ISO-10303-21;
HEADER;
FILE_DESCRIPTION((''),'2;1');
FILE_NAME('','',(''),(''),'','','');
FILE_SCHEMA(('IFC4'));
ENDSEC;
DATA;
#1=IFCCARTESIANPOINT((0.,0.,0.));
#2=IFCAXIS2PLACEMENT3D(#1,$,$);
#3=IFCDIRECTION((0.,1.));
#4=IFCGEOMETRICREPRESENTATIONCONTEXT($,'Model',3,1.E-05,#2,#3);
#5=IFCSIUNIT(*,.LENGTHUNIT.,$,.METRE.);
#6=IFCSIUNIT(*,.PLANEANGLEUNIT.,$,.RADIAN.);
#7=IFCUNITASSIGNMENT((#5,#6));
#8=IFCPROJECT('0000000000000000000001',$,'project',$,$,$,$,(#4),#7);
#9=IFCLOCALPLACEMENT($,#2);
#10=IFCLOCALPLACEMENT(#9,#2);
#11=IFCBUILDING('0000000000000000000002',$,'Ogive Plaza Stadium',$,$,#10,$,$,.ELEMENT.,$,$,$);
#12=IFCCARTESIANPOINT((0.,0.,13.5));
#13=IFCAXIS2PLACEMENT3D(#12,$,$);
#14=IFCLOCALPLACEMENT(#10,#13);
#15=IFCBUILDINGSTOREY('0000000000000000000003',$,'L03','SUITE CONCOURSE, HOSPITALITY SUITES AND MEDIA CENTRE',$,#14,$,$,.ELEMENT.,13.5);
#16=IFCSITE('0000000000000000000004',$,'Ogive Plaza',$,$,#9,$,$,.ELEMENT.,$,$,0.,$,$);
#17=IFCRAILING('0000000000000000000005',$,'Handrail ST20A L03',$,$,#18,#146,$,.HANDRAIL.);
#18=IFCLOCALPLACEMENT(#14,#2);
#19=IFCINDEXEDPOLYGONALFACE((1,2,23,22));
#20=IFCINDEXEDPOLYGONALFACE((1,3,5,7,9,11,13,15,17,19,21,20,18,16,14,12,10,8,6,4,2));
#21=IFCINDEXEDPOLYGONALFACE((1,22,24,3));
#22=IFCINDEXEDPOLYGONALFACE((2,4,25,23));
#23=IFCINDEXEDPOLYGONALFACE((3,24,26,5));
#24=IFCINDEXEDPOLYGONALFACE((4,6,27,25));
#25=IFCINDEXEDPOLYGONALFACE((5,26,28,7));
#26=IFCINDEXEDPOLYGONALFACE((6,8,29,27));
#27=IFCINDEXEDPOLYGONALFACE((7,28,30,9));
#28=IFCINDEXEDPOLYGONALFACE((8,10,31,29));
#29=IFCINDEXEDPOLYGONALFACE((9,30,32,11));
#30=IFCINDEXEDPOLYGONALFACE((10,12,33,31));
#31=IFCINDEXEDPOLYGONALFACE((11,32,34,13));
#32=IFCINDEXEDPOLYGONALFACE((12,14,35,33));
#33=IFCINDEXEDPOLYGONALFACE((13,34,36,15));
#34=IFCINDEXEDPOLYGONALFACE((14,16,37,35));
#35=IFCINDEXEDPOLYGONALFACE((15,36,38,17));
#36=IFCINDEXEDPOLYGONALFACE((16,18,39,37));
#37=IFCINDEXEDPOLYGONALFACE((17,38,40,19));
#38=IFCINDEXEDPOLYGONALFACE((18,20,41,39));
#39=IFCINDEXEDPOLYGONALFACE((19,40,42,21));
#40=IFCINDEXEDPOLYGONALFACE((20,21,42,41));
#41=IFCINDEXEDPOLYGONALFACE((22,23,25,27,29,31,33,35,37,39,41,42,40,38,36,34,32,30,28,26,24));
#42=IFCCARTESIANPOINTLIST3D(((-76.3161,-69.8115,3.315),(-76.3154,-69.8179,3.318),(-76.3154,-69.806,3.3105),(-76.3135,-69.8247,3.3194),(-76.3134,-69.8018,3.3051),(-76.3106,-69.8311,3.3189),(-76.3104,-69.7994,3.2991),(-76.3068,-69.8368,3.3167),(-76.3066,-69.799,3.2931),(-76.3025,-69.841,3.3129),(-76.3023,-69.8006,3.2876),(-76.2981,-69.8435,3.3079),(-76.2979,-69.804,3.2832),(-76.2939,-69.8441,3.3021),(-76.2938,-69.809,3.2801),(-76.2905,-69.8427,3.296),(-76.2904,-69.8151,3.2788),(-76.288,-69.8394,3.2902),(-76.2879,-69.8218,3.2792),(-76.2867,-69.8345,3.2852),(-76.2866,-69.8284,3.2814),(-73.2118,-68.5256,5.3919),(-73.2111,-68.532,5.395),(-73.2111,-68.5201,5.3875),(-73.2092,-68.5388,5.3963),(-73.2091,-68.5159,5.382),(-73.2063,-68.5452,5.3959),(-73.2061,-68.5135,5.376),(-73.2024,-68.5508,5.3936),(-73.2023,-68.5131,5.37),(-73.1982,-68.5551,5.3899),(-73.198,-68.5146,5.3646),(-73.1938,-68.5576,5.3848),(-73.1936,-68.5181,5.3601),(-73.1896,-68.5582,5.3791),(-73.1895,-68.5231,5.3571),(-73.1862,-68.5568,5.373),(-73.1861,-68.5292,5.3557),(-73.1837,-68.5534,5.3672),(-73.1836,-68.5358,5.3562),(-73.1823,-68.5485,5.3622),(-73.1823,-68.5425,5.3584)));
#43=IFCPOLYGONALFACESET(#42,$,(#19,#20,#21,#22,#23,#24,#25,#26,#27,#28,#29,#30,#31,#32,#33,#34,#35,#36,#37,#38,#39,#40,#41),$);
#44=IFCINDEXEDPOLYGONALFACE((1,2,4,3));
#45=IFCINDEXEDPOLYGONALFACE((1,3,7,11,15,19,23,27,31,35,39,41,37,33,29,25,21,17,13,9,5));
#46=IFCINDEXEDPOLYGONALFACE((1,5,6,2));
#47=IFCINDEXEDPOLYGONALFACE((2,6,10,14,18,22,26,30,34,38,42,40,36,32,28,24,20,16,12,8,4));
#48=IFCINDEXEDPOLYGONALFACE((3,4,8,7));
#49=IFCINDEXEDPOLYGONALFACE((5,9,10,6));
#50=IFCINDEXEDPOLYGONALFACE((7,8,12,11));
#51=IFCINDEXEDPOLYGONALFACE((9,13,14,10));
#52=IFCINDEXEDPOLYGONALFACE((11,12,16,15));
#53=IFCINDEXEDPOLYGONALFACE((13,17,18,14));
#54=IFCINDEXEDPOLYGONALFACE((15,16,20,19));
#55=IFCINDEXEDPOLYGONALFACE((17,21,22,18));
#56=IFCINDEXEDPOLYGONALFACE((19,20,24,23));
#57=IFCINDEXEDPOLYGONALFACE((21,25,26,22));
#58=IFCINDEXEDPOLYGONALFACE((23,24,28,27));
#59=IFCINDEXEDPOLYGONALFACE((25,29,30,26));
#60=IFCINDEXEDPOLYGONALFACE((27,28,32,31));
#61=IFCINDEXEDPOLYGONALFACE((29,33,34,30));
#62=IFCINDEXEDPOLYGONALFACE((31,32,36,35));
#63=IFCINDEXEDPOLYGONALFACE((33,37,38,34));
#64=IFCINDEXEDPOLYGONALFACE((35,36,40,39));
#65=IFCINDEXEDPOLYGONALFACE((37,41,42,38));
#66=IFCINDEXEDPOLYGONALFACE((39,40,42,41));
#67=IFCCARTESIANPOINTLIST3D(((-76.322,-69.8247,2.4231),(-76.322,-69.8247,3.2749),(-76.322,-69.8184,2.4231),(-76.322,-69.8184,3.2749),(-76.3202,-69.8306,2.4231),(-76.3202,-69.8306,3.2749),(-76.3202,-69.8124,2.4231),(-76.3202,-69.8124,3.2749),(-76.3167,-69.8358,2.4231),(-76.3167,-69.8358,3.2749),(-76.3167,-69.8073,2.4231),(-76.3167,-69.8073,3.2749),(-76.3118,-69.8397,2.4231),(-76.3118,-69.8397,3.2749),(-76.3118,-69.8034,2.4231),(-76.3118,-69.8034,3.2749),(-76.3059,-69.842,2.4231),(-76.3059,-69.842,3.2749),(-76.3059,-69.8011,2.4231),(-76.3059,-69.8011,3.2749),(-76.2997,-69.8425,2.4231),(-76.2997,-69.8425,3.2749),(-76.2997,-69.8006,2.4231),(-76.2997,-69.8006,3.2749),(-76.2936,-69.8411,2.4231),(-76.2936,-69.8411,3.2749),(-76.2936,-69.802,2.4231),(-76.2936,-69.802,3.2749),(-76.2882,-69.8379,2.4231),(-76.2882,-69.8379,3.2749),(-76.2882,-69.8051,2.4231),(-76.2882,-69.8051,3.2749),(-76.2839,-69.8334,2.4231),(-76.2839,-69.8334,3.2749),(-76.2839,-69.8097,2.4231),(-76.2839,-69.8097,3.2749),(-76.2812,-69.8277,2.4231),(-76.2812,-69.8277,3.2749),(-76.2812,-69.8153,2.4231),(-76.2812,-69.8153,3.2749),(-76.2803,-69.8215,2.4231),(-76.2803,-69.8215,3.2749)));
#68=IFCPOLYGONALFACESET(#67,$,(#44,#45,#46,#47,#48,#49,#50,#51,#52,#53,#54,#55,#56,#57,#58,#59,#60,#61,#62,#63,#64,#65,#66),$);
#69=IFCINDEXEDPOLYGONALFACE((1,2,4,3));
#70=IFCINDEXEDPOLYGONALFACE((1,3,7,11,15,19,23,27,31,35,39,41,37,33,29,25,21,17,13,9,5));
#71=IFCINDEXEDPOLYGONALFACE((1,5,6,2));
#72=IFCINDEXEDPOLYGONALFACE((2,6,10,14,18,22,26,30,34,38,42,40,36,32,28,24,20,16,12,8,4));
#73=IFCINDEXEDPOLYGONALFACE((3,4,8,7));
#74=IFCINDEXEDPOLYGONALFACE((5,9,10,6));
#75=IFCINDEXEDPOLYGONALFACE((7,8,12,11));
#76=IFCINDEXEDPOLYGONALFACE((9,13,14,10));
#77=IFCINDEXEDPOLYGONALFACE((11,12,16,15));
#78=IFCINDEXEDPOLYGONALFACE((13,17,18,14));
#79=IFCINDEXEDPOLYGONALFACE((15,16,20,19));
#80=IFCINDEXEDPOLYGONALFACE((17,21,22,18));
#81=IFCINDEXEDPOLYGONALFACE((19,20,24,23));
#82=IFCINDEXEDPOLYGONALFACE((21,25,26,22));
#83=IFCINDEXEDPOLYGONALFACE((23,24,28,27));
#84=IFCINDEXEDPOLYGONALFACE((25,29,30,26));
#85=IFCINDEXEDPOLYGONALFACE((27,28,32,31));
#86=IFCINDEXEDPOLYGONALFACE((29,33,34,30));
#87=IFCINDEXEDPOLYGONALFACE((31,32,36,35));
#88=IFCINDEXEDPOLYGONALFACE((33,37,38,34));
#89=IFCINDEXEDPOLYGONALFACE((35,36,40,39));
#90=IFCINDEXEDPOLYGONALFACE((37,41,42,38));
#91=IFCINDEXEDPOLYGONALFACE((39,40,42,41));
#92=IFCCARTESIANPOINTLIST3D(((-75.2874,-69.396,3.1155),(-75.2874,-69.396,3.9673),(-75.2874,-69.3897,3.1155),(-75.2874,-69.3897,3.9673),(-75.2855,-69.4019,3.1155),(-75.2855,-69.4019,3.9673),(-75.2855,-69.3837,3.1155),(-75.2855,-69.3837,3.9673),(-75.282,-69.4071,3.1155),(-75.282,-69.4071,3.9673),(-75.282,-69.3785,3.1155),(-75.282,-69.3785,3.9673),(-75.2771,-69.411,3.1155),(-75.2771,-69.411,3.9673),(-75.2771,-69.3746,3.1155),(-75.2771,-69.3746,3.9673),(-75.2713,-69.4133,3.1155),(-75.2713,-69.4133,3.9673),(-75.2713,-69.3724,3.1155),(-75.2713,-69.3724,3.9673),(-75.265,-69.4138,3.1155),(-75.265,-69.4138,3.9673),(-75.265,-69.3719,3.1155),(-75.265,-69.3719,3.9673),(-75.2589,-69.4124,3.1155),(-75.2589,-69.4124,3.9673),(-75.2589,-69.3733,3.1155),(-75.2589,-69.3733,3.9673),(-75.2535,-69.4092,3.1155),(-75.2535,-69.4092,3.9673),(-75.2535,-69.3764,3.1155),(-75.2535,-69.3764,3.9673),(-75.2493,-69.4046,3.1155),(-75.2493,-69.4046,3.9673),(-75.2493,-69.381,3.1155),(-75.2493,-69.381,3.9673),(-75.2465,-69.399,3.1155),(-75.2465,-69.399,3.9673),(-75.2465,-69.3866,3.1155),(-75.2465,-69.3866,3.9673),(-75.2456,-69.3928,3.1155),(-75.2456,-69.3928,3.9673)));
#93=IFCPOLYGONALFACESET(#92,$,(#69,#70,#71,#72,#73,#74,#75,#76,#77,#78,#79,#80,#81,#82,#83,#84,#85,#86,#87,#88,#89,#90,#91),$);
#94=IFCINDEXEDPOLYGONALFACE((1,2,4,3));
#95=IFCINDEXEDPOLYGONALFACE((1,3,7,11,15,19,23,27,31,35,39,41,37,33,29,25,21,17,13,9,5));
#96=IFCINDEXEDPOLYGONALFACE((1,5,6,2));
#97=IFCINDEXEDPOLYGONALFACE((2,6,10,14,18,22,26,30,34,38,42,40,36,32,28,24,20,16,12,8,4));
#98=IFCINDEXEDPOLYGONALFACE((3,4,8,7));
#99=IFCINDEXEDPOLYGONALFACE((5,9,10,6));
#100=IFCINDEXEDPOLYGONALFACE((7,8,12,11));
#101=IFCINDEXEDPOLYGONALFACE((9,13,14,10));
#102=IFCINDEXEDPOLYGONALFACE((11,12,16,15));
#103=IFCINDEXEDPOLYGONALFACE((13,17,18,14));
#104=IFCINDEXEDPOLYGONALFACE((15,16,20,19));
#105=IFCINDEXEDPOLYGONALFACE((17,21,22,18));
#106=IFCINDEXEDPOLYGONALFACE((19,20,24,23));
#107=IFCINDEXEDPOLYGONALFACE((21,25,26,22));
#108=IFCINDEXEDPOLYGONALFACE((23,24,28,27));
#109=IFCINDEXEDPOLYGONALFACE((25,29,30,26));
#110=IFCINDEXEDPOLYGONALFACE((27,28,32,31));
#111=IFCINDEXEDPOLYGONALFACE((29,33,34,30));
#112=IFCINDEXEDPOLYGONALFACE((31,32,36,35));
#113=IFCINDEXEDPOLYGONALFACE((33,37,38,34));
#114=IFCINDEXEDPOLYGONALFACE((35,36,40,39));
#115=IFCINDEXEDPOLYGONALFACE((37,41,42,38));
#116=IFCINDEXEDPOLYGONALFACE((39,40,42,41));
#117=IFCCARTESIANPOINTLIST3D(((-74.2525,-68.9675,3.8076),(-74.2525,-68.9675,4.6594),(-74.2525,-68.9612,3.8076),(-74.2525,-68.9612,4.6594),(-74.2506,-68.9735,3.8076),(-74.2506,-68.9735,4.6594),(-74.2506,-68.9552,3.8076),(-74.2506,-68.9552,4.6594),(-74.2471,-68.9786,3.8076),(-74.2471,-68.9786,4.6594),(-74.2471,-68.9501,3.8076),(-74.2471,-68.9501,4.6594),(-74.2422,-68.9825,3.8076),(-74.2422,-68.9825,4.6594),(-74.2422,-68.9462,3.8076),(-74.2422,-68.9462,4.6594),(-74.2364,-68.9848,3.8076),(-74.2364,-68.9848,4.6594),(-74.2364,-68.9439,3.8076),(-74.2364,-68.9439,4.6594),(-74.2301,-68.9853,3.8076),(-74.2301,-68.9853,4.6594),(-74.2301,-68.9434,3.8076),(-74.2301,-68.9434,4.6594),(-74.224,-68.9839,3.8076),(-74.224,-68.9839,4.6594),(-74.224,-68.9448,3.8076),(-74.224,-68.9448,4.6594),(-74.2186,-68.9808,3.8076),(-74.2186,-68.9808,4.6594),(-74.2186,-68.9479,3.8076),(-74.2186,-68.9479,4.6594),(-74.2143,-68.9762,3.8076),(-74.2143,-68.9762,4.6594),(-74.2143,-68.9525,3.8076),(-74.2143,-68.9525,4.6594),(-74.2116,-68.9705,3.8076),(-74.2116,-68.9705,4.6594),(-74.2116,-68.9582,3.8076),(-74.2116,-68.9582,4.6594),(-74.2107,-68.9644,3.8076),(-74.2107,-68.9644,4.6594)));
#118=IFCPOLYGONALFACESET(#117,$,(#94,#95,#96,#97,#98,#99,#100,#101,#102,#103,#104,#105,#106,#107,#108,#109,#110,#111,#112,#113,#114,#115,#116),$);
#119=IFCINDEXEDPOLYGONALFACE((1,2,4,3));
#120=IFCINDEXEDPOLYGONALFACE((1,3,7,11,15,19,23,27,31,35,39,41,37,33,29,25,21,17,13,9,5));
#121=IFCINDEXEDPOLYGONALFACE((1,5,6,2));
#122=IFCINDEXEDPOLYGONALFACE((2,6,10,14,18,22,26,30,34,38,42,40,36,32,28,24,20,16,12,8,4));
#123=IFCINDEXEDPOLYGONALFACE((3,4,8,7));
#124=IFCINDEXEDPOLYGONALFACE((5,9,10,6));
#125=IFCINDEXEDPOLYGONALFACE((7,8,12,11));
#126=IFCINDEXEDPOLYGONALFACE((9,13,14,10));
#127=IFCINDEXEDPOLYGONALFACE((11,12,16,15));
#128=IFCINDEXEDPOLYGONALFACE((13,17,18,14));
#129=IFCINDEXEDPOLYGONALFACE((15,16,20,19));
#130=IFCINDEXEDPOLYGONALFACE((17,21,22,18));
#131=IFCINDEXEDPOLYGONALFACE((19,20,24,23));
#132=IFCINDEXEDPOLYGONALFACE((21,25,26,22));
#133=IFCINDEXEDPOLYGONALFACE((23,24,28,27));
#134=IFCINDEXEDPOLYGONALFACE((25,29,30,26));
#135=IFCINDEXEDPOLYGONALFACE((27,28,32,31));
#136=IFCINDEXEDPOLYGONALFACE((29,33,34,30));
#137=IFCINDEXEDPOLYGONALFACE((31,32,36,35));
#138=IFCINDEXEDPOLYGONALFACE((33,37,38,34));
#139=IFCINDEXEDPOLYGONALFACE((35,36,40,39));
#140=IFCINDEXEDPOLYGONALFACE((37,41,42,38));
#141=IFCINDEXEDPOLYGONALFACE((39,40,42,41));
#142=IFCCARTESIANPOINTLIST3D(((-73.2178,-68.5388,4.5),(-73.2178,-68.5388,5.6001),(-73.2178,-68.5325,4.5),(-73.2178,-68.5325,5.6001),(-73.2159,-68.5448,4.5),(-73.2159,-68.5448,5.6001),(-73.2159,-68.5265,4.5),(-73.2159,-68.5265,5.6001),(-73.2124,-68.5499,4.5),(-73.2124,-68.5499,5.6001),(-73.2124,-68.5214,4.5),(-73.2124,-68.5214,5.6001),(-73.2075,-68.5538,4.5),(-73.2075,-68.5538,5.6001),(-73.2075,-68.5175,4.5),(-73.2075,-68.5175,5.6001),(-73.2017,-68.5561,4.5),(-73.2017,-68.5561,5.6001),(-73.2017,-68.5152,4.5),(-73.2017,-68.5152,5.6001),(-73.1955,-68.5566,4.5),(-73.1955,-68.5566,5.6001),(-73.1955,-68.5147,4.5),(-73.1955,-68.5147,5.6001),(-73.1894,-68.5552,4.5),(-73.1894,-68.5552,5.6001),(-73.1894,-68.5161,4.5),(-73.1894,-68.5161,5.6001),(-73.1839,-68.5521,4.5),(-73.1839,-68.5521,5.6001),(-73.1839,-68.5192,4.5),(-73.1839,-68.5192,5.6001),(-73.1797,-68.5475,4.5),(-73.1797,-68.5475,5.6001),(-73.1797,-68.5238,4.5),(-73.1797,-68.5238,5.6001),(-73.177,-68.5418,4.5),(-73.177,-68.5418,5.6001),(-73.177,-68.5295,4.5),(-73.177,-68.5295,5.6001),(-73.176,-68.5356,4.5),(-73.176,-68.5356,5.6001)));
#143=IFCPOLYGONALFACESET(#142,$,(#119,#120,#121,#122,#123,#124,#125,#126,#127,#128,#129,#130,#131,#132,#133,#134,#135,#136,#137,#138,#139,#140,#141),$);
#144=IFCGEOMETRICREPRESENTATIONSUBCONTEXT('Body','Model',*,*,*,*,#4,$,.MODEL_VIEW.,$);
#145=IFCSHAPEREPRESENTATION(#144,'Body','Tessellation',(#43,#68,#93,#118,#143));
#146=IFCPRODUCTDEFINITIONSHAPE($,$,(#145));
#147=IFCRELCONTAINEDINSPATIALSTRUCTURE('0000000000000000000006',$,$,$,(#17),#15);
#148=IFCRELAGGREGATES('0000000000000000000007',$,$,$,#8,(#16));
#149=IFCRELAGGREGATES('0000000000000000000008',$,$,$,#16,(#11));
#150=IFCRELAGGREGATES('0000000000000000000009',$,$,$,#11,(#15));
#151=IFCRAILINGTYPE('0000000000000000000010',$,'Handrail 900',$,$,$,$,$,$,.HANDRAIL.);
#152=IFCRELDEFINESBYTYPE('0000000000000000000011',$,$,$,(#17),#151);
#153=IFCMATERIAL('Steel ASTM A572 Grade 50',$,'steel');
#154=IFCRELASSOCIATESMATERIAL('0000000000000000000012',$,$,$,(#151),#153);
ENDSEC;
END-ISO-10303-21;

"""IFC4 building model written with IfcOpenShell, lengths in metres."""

from ifc_helpers import new_model, si_unit, direction, frame, origin, origin_2d, place, context, subcontext, project, spatial, circle, extrude, material, type_object, element, save


model = new_model("IFC4")

# Units and contexts
model_context = context("Model", 3, precision=1e-05, world=origin(), true_north=direction((0.0, 1.0)))
body_context = subcontext(model_context, "Body", "Model", "MODEL_VIEW")
ifc_project = project(units=[si_unit("LENGTHUNIT", "METRE"), si_unit("PLANEANGLEUNIT", "RADIAN")], contexts=[model_context])

# Site, building, storey
site_placement = place(None, origin())
site = spatial("IfcSite", under=ifc_project, at=site_placement, Name="Ogive Plaza", CompositionType="ELEMENT", RefElevation=0.0)
building_placement = place(site_placement, origin())
building = spatial("IfcBuilding", under=site, at=building_placement, Name="Ogive Plaza Stadium", CompositionType="ELEMENT")
storey_placement = place(building_placement, frame((0.0, 0.0, 13.5)))
storey = spatial("IfcBuildingStorey", under=building, at=storey_placement, Name="L03", Description="SUITE CONCOURSE, HOSPITALITY SUITES AND MEDIA CENTRE", CompositionType="ELEMENT", Elevation=13.5)

# Railing
ifc_material_1 = material(Name="Steel ASTM A572 Grade 50", Category="steel")
railing_type_1 = type_object("IfcRailingType", Name="Handrail 900", PredefinedType="HANDRAIL", material=ifc_material_1)
for number, where, name in (
    (1, (-76.3013, -69.8215, 2.4231), "Handrail ST20A L03"),
):
    element("IfcRailing", number, at=place(storey_placement, frame(where)), inside=storey, type_object=railing_type_1, Name=name, PredefinedType="HANDRAIL", context=body_context, shape_type="SweptSolid", body=[
        extrude(circle(Radius=0.0239, at=origin_2d()), frame((0.0, 0.0, 0.876), z_axis=(0.785863, 0.325532, 0.525783), x_axis=(-0.3827, 0.923872, 0.0)), (0.0, 0.0, 1.0), 3.9502),
        extrude(circle(Radius=0.021, at=origin_2d()), origin(), (0.0, 0.0, 1.0), 0.8518),
        extrude(circle(Radius=0.021, at=origin_2d()), frame((1.0347, 0.4287, 0.6924)), (0.0, 0.0, 1.0), 0.8518),
        extrude(circle(Radius=0.021, at=origin_2d()), frame((2.0696, 0.8572, 1.3845)), (0.0, 0.0, 1.0), 0.8518),
        extrude(circle(Radius=0.021, at=origin_2d()), frame((3.1042, 1.2859, 2.0769)), (0.0, 0.0, 1.0), 1.1001),
    ])

save(model, "model.ifc")
